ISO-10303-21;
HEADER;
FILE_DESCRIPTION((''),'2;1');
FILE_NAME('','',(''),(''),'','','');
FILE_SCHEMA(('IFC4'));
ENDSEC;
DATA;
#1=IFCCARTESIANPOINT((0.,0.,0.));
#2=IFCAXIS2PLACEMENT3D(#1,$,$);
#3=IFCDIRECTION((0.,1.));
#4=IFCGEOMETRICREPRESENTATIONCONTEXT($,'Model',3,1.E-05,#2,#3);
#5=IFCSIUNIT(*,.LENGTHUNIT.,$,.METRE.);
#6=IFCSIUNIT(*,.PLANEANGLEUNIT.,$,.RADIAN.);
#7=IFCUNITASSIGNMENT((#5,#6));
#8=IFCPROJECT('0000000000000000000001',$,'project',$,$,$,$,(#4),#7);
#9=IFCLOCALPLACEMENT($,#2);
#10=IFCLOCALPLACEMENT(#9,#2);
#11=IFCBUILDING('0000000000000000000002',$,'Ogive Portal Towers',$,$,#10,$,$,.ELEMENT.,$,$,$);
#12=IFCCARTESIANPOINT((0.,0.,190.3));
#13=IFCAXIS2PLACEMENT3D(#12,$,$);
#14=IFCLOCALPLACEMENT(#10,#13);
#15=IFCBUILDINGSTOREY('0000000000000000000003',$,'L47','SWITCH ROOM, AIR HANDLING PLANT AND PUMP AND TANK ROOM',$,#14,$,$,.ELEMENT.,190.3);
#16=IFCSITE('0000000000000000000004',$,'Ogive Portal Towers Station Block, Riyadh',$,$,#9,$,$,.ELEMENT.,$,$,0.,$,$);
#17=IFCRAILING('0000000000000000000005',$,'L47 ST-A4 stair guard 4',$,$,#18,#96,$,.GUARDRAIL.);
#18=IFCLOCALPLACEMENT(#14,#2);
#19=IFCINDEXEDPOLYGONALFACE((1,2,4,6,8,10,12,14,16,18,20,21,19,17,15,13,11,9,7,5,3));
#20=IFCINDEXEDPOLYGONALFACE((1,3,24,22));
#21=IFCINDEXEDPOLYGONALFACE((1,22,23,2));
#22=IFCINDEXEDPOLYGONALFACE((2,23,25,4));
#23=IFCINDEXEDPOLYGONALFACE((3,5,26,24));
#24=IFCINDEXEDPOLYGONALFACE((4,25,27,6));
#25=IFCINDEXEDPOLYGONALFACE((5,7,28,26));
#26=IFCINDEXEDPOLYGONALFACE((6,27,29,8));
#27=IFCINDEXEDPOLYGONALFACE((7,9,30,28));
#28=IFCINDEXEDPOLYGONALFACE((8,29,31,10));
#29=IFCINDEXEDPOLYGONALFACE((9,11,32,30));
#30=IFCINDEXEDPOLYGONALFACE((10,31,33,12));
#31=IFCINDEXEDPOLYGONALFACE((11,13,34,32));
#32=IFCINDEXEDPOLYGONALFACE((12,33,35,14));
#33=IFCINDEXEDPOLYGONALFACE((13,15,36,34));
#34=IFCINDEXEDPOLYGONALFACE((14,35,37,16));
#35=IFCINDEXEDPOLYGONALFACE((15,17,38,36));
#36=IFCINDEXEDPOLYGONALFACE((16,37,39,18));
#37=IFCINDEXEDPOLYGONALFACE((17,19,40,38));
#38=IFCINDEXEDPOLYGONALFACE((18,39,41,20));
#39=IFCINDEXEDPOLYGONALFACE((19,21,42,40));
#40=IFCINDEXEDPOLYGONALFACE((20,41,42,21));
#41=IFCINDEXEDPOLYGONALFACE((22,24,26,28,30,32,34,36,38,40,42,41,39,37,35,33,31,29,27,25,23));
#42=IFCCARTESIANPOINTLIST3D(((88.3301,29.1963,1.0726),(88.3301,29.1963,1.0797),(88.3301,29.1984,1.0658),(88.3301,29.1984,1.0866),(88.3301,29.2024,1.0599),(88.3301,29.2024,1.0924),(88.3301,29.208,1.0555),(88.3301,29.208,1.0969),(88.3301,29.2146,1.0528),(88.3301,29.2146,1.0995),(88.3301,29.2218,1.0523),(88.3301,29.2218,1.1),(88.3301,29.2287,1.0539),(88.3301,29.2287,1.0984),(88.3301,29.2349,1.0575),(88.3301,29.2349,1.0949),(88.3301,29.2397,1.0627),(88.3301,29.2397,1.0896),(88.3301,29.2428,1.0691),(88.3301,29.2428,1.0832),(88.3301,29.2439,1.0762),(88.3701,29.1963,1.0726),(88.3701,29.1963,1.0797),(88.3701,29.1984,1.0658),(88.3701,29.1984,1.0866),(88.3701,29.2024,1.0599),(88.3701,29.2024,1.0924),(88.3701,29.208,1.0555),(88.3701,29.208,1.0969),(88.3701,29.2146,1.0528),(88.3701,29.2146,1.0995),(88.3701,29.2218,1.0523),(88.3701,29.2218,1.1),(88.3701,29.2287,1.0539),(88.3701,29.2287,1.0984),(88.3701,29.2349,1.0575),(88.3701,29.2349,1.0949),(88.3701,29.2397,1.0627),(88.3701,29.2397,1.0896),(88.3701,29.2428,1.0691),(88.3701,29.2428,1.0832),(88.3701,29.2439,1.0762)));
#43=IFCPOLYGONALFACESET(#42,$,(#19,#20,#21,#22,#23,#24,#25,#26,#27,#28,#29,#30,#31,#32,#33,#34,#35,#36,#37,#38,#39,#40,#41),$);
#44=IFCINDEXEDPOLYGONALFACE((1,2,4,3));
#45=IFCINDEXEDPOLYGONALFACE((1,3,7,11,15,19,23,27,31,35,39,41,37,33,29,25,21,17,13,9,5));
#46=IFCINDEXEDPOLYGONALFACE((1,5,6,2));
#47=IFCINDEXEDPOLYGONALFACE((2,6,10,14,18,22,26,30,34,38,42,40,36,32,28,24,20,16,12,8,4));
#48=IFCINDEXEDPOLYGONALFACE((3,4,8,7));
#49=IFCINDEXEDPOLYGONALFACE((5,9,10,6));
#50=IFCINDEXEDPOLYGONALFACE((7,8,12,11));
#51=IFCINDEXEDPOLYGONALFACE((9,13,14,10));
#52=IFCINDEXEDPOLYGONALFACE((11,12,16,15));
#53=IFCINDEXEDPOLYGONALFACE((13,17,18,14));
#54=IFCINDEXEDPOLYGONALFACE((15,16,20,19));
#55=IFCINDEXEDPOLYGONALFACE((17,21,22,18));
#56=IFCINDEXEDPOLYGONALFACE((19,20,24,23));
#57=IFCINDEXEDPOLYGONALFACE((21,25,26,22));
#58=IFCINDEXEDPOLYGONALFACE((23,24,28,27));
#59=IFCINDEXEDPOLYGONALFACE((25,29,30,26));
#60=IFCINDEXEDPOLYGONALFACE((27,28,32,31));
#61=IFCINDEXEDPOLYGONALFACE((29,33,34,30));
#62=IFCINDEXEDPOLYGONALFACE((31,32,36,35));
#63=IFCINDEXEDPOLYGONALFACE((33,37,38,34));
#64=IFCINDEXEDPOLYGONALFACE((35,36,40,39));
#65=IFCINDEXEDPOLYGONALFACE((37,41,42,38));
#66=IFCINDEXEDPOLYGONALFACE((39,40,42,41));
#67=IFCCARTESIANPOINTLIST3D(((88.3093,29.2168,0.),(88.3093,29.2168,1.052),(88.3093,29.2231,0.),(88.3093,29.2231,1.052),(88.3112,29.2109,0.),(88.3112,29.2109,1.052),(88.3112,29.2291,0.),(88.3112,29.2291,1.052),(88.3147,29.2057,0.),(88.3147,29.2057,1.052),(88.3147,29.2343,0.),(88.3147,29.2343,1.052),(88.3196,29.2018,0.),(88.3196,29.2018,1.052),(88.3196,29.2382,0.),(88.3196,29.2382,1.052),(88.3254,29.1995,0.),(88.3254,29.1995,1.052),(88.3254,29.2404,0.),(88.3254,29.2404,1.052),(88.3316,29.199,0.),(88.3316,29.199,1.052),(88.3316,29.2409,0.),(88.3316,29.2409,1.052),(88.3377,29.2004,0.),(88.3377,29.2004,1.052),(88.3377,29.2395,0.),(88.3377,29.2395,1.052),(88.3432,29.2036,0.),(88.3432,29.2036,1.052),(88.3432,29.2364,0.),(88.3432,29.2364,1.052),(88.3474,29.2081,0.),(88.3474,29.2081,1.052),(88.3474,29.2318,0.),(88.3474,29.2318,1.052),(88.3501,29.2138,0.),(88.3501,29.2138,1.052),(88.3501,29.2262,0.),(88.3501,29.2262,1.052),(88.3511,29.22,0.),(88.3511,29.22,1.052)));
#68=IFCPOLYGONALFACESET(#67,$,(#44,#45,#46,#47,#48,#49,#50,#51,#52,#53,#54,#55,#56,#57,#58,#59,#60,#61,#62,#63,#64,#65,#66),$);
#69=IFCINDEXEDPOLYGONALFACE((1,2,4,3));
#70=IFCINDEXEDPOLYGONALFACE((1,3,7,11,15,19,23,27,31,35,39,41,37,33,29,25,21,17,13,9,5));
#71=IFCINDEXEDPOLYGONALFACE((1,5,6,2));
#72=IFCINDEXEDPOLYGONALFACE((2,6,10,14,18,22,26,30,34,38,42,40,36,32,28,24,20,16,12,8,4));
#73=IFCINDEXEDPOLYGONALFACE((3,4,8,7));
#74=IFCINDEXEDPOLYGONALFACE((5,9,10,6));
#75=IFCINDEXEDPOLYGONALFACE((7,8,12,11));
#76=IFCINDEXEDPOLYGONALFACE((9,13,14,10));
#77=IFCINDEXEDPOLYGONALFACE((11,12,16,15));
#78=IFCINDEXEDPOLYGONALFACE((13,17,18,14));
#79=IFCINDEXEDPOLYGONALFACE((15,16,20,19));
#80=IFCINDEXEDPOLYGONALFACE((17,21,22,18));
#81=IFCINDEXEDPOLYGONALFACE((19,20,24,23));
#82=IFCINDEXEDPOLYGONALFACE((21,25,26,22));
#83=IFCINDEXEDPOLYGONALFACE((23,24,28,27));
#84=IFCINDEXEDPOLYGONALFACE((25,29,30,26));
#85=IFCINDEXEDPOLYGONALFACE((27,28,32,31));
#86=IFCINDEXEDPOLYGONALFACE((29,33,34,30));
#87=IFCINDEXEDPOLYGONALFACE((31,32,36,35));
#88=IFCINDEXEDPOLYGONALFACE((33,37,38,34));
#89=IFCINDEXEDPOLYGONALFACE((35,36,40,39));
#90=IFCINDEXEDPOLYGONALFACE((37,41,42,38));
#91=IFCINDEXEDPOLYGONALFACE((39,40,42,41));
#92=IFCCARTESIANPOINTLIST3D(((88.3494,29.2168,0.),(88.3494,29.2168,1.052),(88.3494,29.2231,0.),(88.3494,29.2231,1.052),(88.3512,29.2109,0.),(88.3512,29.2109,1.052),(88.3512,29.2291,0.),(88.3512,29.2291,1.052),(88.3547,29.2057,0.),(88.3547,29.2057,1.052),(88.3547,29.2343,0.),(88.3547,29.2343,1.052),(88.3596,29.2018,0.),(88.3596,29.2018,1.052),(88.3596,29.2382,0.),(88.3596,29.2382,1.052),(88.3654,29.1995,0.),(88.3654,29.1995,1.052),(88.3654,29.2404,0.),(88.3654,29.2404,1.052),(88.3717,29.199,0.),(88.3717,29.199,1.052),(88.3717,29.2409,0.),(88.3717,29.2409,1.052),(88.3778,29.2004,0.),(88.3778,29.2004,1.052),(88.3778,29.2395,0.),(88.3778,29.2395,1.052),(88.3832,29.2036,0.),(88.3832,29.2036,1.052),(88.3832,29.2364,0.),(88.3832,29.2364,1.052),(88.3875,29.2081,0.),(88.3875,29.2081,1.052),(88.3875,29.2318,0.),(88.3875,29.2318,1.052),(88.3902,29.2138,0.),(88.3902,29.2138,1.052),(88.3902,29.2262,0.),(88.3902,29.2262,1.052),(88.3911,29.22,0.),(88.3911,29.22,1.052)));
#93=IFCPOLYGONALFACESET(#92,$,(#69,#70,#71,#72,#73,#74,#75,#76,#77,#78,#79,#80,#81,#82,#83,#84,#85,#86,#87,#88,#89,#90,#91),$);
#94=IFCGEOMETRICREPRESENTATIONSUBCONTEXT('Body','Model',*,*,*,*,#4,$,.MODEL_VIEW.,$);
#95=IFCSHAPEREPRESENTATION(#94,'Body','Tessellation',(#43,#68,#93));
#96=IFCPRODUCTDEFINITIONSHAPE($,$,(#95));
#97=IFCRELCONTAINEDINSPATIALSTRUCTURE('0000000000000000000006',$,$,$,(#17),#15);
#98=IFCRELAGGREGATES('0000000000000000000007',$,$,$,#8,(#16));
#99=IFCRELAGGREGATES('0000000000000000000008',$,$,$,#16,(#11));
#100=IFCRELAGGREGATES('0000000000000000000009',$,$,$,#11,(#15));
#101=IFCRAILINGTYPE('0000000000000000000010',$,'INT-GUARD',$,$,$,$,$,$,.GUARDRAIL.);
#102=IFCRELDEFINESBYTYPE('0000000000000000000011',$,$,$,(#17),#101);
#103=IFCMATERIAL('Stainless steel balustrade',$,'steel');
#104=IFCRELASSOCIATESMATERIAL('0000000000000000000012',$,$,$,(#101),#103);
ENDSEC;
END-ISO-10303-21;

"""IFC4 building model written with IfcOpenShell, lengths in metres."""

from ifc_helpers import new_model, si_unit, direction, frame, origin, origin_2d, place, context, subcontext, project, spatial, circle, extrude, material, type_object, element, save


model = new_model("IFC4")

# Units and contexts
model_context = context("Model", 3, precision=1e-05, world=origin(), true_north=direction((0.0, 1.0)))
body_context = subcontext(model_context, "Body", "Model", "MODEL_VIEW")
ifc_project = project(units=[si_unit("LENGTHUNIT", "METRE"), si_unit("PLANEANGLEUNIT", "RADIAN")], contexts=[model_context])

# Site, building, storey
site_placement = place(None, origin())
site = spatial("IfcSite", under=ifc_project, at=site_placement, Name="Ogive Portal Towers Station Block, Riyadh", CompositionType="ELEMENT", RefElevation=0.0)
building_placement = place(site_placement, origin())
building = spatial("IfcBuilding", under=site, at=building_placement, Name="Ogive Portal Towers", CompositionType="ELEMENT")
storey_placement = place(building_placement, frame((0.0, 0.0, 190.3)))
storey = spatial("IfcBuildingStorey", under=building, at=storey_placement, Name="L47", Description="SWITCH ROOM, AIR HANDLING PLANT AND PUMP AND TANK ROOM", CompositionType="ELEMENT", Elevation=190.3)

# Railing
ifc_material_1 = material(Name="Stainless steel balustrade", Category="steel")
railing_type_1 = type_object("IfcRailingType", Name="INT-GUARD", PredefinedType="GUARDRAIL", material=ifc_material_1)
railing_1_placement = place(storey_placement, frame((88.3301, 29.22, 0.0)))
element("IfcRailing", 1, at=railing_1_placement, inside=storey, type_object=railing_type_1, Name="L47 ST-A4 stair guard 4", PredefinedType="GUARDRAIL", context=body_context, shape_type="SweptSolid", body=[
    extrude(circle(Radius=0.0239, at=origin_2d()), frame((0.0, 0.0, 1.0762), z_axis=(1.0, 0.0, 0.0), x_axis=(0.0, 1.0, 0.0)), (0.0, 0.0, 1.0), 0.04),
    extrude(circle(Radius=0.021, at=origin_2d()), origin(), (0.0, 0.0, 1.0), 1.052),
    extrude(circle(Radius=0.021, at=origin_2d()), frame((0.04, 0.0, 0.0)), (0.0, 0.0, 1.0), 1.052),
])

save(model, "model.ifc")
